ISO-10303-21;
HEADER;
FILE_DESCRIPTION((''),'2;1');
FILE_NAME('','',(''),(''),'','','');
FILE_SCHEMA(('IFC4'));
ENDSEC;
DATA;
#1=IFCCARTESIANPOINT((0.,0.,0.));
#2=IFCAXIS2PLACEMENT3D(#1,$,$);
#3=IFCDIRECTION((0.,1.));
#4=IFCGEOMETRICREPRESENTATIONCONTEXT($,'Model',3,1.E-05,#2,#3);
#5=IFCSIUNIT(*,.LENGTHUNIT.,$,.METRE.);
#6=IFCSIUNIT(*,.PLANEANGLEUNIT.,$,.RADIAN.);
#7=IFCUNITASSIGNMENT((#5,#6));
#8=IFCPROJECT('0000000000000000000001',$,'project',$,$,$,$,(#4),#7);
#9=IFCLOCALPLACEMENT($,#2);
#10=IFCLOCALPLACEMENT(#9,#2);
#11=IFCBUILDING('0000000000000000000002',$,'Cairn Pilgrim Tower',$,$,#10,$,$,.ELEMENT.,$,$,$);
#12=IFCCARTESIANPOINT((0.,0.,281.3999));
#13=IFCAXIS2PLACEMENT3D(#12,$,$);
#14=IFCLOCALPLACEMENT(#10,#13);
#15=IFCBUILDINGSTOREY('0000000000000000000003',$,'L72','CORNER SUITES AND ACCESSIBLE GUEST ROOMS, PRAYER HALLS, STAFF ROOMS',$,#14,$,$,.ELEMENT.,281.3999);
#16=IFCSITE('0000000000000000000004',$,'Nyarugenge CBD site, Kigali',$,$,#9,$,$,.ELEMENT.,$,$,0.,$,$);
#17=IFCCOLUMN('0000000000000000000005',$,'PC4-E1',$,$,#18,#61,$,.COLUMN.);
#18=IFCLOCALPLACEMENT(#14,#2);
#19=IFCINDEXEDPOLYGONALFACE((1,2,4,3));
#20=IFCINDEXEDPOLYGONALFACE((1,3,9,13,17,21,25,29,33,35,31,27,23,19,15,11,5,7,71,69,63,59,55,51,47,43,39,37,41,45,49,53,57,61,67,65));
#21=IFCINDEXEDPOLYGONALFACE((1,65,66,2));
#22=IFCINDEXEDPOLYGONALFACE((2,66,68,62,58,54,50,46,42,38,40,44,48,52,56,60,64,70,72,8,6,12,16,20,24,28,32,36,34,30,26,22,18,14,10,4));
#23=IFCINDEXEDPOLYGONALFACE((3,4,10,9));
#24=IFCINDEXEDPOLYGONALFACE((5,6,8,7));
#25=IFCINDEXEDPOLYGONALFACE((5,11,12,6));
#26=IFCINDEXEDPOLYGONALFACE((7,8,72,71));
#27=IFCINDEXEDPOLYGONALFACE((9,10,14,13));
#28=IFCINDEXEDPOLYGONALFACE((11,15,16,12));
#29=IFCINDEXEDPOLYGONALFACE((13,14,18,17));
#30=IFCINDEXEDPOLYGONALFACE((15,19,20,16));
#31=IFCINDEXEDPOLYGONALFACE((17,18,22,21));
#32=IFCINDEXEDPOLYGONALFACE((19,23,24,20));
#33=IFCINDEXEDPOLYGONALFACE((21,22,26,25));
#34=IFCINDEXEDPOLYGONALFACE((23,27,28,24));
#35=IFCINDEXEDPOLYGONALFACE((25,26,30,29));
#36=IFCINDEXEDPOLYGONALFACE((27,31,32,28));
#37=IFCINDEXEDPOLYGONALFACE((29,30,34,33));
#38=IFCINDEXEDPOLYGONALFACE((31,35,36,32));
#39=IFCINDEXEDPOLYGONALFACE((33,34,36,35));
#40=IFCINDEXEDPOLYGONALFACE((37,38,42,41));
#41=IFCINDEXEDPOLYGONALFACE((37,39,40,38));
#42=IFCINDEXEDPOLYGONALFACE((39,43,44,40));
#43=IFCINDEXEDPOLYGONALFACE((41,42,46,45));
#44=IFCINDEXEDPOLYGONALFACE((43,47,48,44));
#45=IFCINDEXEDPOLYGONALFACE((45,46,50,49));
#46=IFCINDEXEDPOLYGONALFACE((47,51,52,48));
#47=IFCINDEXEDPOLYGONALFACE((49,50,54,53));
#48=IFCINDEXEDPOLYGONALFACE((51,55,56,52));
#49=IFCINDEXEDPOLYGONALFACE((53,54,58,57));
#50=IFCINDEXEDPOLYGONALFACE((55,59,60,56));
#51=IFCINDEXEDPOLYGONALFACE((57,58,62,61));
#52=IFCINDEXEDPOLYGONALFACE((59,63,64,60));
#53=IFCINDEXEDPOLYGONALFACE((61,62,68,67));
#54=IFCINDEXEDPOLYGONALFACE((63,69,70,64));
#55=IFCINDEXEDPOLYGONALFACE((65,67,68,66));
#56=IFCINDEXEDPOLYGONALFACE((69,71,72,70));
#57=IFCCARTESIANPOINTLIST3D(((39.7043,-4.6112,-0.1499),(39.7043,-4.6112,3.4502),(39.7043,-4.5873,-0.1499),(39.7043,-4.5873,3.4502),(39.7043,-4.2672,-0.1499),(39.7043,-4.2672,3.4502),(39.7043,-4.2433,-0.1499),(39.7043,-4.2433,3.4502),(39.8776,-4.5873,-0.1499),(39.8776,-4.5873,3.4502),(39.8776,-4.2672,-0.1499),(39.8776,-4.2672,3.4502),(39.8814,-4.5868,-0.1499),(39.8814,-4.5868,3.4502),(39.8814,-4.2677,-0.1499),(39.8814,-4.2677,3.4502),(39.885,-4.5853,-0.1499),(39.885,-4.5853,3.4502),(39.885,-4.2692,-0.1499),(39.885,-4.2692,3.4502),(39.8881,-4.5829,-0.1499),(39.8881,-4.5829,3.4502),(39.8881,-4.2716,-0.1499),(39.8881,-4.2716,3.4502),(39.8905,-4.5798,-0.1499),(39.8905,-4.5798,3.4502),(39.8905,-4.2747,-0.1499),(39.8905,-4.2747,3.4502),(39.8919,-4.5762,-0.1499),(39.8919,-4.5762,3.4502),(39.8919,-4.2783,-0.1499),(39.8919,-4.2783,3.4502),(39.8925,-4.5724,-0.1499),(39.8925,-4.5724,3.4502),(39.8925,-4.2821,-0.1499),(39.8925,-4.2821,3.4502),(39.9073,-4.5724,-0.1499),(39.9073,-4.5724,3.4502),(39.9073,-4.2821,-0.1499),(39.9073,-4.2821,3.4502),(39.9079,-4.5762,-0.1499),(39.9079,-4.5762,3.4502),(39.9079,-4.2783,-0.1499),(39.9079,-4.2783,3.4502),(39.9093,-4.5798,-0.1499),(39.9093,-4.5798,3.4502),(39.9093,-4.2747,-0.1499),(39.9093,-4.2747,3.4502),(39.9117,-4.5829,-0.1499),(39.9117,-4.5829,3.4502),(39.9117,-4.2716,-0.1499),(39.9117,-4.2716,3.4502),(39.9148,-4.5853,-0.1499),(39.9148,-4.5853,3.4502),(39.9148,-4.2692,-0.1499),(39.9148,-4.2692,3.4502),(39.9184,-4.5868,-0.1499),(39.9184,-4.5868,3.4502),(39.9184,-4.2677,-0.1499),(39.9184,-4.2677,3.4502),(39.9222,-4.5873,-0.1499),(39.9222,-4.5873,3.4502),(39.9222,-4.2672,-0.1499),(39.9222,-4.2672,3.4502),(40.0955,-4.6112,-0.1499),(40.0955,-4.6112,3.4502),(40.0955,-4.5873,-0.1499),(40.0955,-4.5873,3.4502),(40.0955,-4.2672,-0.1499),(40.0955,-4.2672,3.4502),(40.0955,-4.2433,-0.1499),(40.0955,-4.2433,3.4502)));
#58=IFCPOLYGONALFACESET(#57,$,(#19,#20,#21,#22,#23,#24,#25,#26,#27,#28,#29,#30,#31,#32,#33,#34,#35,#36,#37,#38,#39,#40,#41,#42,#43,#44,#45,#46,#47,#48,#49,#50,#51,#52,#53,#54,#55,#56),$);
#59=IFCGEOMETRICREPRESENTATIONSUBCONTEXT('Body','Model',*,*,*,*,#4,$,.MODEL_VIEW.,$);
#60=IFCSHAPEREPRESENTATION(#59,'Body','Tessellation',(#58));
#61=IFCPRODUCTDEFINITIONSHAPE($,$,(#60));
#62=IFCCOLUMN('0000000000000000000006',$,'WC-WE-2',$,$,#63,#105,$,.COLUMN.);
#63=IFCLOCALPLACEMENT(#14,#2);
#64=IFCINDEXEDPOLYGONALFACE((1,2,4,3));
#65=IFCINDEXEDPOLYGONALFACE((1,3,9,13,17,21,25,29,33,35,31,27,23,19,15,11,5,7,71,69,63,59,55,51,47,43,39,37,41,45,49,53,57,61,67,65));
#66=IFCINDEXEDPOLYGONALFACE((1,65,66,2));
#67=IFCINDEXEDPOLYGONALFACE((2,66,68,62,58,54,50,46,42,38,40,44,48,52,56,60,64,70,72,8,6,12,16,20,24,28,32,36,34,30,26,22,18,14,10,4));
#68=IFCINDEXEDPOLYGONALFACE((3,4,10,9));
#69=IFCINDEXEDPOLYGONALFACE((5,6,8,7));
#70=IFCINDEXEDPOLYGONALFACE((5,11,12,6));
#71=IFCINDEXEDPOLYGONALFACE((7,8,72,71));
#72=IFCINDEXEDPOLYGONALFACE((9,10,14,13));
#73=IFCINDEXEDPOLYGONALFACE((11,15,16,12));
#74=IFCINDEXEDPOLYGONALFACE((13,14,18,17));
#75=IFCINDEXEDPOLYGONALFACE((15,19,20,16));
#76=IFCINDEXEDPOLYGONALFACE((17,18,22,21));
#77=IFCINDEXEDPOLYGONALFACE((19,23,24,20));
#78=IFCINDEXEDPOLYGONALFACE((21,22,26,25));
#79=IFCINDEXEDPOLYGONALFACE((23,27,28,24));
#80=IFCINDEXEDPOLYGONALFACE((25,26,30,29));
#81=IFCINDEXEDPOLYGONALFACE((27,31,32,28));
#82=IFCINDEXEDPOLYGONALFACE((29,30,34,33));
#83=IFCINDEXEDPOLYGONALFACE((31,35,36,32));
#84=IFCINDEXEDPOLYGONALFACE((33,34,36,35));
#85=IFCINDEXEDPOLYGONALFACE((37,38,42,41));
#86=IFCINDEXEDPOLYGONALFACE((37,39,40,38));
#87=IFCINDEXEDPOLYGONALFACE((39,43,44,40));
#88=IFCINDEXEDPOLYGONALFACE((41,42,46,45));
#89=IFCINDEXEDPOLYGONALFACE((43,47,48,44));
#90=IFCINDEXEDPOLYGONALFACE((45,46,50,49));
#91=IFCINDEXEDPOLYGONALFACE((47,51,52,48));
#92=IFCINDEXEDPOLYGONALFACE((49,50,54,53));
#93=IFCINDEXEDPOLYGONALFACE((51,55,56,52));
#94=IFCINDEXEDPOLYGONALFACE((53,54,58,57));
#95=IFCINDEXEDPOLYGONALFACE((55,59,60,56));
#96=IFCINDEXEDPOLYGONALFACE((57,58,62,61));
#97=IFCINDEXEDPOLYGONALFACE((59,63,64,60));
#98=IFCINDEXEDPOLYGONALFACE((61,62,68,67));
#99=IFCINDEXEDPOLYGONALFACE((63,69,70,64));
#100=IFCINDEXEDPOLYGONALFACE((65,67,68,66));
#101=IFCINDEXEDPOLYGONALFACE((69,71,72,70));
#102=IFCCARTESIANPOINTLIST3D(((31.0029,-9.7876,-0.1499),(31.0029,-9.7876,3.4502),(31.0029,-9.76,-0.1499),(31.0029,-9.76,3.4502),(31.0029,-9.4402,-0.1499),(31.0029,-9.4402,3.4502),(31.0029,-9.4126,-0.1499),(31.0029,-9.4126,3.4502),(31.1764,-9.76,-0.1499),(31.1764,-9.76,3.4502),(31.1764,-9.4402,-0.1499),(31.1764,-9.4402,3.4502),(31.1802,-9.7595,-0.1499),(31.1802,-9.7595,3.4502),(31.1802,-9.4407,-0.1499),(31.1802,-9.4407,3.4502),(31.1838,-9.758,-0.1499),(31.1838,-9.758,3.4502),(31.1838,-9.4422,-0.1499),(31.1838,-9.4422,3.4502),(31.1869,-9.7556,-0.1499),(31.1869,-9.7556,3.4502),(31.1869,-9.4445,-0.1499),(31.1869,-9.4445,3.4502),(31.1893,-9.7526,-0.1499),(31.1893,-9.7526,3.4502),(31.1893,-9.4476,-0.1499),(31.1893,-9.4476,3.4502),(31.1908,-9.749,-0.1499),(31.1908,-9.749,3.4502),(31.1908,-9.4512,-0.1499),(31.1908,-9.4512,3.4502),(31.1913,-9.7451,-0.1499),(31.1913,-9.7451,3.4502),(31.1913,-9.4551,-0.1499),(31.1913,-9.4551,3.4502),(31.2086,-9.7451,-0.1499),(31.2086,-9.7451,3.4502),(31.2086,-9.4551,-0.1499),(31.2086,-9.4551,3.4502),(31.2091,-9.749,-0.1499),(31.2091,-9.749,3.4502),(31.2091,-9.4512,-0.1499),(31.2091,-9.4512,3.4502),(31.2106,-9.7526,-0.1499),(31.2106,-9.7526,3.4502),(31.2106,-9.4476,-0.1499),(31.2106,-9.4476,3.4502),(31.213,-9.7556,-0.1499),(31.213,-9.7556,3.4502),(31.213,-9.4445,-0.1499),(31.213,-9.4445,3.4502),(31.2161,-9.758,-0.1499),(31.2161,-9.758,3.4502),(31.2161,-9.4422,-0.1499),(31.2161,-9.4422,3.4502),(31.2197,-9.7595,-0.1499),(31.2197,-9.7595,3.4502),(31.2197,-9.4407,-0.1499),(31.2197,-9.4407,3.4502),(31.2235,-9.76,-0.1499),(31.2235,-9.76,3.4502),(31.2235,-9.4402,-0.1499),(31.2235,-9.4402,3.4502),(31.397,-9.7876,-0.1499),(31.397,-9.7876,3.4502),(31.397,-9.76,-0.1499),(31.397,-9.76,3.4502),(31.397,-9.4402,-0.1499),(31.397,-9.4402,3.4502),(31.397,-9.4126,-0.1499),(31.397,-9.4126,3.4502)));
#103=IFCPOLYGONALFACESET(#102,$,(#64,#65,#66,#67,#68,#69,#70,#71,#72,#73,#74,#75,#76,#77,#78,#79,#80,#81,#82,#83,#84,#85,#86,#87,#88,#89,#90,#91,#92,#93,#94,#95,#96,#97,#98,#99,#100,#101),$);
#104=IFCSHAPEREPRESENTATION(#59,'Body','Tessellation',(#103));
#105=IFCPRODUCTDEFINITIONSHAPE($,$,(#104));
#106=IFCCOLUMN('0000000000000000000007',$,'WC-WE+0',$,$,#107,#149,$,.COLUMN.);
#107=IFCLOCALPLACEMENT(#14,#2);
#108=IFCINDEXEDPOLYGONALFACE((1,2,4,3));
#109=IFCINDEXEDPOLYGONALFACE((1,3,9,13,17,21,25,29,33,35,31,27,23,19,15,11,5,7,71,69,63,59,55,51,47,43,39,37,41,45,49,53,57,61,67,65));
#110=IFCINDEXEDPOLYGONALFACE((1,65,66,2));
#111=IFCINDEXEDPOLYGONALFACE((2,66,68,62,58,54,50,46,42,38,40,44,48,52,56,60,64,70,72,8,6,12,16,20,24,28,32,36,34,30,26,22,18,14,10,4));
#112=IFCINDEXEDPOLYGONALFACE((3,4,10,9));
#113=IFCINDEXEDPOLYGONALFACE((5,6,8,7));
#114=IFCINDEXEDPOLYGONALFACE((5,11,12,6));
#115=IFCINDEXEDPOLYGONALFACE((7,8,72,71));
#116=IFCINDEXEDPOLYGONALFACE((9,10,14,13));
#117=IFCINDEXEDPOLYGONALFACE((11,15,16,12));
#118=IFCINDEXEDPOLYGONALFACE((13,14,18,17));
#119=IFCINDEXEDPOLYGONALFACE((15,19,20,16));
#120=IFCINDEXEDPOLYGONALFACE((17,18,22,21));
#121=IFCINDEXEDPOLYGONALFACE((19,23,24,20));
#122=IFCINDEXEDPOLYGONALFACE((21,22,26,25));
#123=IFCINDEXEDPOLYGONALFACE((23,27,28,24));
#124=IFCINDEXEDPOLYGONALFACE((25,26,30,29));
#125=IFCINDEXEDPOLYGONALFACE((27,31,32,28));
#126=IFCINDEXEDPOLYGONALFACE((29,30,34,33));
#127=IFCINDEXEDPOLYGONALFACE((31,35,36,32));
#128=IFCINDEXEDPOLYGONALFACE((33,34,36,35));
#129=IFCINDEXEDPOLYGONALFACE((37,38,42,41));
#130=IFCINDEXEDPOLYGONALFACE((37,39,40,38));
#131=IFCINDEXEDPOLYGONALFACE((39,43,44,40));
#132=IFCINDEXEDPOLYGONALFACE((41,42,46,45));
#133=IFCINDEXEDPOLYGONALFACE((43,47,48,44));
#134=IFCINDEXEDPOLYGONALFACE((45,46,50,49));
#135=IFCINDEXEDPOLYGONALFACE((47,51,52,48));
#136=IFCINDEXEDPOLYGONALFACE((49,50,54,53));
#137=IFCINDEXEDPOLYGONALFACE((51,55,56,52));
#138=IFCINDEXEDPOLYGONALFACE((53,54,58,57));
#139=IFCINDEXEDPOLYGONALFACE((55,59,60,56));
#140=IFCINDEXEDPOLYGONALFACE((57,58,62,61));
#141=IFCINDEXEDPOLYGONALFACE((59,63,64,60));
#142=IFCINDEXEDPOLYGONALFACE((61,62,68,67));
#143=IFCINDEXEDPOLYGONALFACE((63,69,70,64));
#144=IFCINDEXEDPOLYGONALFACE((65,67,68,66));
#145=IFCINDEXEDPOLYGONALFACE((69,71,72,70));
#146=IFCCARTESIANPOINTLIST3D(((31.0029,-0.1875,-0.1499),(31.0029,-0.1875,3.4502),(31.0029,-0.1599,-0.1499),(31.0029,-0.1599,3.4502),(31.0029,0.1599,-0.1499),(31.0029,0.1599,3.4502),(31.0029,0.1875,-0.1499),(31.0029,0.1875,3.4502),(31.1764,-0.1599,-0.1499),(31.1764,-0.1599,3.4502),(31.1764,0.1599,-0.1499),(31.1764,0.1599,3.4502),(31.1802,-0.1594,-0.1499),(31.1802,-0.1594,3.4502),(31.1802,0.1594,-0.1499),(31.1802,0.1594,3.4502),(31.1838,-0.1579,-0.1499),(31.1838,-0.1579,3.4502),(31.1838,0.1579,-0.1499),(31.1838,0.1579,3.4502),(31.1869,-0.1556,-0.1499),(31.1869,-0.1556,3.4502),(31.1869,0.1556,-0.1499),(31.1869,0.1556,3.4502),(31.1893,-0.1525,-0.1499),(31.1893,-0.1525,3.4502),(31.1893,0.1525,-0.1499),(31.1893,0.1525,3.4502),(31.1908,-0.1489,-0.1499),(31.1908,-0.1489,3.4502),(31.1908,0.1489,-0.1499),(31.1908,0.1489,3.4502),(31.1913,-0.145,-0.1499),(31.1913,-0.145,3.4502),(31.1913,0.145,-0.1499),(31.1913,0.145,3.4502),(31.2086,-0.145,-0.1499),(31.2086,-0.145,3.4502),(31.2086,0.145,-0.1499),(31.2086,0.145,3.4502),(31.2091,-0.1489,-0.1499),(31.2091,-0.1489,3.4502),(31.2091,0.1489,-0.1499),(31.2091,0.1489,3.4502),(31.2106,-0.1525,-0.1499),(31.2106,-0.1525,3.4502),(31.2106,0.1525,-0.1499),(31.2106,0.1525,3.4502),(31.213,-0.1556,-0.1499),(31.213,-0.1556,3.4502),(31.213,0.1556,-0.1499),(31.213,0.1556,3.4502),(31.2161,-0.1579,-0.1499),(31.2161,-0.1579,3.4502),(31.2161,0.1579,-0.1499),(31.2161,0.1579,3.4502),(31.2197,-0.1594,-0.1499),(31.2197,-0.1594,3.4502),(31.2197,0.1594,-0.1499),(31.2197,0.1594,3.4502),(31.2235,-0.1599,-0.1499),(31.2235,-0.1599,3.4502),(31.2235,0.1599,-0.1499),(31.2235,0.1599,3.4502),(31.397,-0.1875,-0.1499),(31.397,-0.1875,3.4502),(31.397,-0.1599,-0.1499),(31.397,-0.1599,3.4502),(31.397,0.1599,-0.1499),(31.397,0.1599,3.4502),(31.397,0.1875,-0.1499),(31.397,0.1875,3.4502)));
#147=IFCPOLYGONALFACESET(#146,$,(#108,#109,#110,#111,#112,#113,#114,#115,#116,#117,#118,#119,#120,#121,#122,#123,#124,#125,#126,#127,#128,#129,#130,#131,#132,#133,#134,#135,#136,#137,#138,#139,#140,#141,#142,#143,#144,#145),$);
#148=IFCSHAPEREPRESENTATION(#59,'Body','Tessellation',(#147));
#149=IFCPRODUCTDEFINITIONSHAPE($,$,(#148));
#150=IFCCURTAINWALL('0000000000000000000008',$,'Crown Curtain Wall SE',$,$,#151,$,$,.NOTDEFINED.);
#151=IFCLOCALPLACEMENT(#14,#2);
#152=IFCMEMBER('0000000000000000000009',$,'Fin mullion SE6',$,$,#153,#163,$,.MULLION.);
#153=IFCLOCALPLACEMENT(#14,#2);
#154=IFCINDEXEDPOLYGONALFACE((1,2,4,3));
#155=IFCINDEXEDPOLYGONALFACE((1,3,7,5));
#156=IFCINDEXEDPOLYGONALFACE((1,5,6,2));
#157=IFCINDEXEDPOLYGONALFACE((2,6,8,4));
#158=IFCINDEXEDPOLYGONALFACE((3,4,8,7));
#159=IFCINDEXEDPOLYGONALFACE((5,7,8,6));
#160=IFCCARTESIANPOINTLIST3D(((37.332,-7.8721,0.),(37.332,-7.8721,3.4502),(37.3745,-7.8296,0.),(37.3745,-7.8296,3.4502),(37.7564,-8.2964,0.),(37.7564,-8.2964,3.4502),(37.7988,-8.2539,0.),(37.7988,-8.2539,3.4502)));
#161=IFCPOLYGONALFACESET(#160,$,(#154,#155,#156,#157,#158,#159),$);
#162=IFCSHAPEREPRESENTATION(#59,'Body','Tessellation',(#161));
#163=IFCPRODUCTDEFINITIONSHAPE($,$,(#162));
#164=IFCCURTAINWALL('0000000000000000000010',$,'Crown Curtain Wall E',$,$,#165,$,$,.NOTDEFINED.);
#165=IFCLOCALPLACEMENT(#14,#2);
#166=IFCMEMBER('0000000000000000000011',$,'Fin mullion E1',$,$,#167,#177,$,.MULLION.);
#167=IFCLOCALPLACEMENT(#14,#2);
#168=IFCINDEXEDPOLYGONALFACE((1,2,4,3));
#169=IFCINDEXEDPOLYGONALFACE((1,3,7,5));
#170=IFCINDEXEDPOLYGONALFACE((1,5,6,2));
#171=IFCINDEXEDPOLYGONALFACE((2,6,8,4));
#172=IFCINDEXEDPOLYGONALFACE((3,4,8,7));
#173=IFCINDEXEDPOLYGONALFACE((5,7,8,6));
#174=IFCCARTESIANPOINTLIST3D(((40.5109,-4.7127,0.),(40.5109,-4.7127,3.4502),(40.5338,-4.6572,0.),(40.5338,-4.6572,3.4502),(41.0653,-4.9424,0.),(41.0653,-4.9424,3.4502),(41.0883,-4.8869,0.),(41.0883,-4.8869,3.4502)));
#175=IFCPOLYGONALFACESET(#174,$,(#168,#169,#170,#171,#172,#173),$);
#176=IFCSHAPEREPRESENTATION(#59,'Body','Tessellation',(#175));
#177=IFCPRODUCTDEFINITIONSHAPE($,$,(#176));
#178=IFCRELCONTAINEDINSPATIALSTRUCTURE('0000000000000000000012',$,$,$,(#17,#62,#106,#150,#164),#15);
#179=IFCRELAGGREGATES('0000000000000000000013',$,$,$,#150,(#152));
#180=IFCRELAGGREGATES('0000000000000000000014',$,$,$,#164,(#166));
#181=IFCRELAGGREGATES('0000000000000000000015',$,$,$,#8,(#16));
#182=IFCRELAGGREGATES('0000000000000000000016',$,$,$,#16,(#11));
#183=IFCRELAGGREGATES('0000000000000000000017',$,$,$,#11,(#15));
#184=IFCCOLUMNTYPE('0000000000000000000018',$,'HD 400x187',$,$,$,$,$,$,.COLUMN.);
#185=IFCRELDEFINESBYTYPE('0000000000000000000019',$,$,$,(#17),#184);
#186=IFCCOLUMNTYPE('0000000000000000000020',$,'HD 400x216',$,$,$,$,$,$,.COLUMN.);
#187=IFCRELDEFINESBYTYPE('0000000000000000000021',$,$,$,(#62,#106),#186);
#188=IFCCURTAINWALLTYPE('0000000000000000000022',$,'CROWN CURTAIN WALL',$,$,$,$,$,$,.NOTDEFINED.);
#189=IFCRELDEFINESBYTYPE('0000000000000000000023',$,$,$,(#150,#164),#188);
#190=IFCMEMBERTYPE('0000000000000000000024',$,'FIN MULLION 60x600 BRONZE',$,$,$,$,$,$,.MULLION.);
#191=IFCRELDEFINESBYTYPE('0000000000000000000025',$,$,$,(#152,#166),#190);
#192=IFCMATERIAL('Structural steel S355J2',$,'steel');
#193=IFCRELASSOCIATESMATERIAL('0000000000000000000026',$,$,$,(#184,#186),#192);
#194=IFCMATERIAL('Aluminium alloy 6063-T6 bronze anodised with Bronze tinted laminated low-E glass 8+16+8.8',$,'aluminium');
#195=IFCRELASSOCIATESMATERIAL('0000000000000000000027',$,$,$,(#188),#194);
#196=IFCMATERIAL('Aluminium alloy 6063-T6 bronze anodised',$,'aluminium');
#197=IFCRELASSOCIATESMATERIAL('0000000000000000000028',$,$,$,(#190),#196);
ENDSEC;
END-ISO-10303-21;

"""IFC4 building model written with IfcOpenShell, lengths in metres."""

from ifc_helpers import new_model, si_unit, direction, frame, origin, origin_2d, place, context, subcontext, project, spatial, rectangle, i_section, extrude, material, material_profile, profile_set, type_object, element, aggregate, save


model = new_model("IFC4")

# Units and contexts
model_context = context("Model", 3, precision=1e-05, world=origin(), true_north=direction((0.0, 1.0)))
body_context = subcontext(model_context, "Body", "Model", "MODEL_VIEW")
ifc_project = project(units=[si_unit("LENGTHUNIT", "METRE"), si_unit("PLANEANGLEUNIT", "RADIAN")], contexts=[model_context])

# Site, building, storey
site_placement = place(None, origin())
site = spatial("IfcSite", under=ifc_project, at=site_placement, Name="Nyarugenge CBD site, Kigali", CompositionType="ELEMENT", RefElevation=0.0)
building_placement = place(site_placement, origin())
building = spatial("IfcBuilding", under=site, at=building_placement, Name="Cairn Pilgrim Tower", CompositionType="ELEMENT")
storey_placement = place(building_placement, frame((0.0, 0.0, 281.3999)))
storey = spatial("IfcBuildingStorey", under=building, at=storey_placement, Name="L72", Description="CORNER SUITES AND ACCESSIBLE GUEST ROOMS, PRAYER HALLS, STAFF ROOMS", CompositionType="ELEMENT", Elevation=281.3999)

# Columns
ifc_material_1 = material(Name="Structural steel S355J2", Category="steel")
ifc_material_profile_1 = material_profile(ifc_material_1, i_section(OverallWidth=0.3911, OverallDepth=0.3679, WebThickness=0.0149, FlangeThickness=0.0239, FilletRadius=0.0149, at=origin_2d()), Name="HD 400x187")
ifc_profile_set_1 = profile_set([ifc_material_profile_1], Name="Structural steel S355J2")
column_type_1 = type_object("IfcColumnType", Name="HD 400x187", PredefinedType="COLUMN", material=ifc_profile_set_1)
column_placement = place(storey_placement, frame((39.8999, -4.4272, -0.1499), z_axis=(0.0, 0.0, 1.0), x_axis=(1.0, 0.0, 0.0)))
element("IfcColumn", 1, at=column_placement, inside=storey, type_object=column_type_1, Name="PC4-E1", PredefinedType="COLUMN", context=body_context, shape_type="SweptSolid", body=[
    extrude(i_section(OverallWidth=0.3911, OverallDepth=0.3679, WebThickness=0.0149, FlangeThickness=0.0239, FilletRadius=0.0149, at=origin_2d()), origin(), (0.0, 0.0, 1.0), 3.6001),
])
ifc_material_profile_2 = material_profile(ifc_material_1, i_section(OverallWidth=0.394, OverallDepth=0.375, WebThickness=0.0173, FlangeThickness=0.0276, FilletRadius=0.0149, at=origin_2d()), Name="HD 400x216")
ifc_profile_set_2 = profile_set([ifc_material_profile_2], Name="Structural steel S355J2")
column_type_2 = type_object("IfcColumnType", Name="HD 400x216", PredefinedType="COLUMN", material=ifc_profile_set_2)
for number, where, z_axis, x_axis, name in (
    (2, (31.2, -9.6001, -0.1499), (0.0, 0.0, 1.0), (1.0, 0.0, 0.0), "WC-WE-2"),
    (3, (31.2, 0.0, -0.1499), (0.0, 0.0, 1.0), (1.0, 0.0, 0.0), "WC-WE+0"),
):
    element("IfcColumn", number, at=place(storey_placement, frame(where, z_axis=z_axis, x_axis=x_axis)), inside=storey, type_object=column_type_2, Name=name, PredefinedType="COLUMN", context=body_context, shape_type="SweptSolid", body=[
        extrude(i_section(OverallWidth=0.394, OverallDepth=0.375, WebThickness=0.0173, FlangeThickness=0.0276, FilletRadius=0.0149, at=origin_2d()), origin(), (0.0, 0.0, 1.0), 3.6001),
    ])

# Curtain walls, members
ifc_material_2 = material(Name="Aluminium alloy 6063-T6 bronze anodised with Bronze tinted laminated low-E glass 8+16+8.8", Category="aluminium")
curtain_wall_type = type_object("IfcCurtainWallType", Name="CROWN CURTAIN WALL", PredefinedType="NOTDEFINED", material=ifc_material_2)
curtain_wall_1_placement = place(storey_placement, origin())
curtain_wall_1 = element("IfcCurtainWall", 4, at=curtain_wall_1_placement, inside=storey, type_object=curtain_wall_type, Name="Crown Curtain Wall SE", PredefinedType="NOTDEFINED")
ifc_material_3 = material(Name="Aluminium alloy 6063-T6 bronze anodised", Category="aluminium")
ifc_material_profile_3 = material_profile(ifc_material_3, rectangle(XDim=0.6001, YDim=0.0601, at=origin_2d()), Name="FIN MULLION 60x600 BRONZE")
ifc_profile_set_3 = profile_set([ifc_material_profile_3], Name="Aluminium alloy 6063-T6 bronze anodised")
member_type_1 = type_object("IfcMemberType", Name="FIN MULLION 60x600 BRONZE", PredefinedType="MULLION", material=ifc_profile_set_3)
member_1_placement = place(storey_placement, frame((37.5654, -8.063, 0.0), z_axis=(0.0, 0.0, 1.0), x_axis=(0.707107, -0.707107, 0.0)))
member_1 = element("IfcMember", 5, at=member_1_placement, type_object=member_type_1, Name="Fin mullion SE6", PredefinedType="MULLION", context=body_context, shape_type="SweptSolid", body=[
    extrude(rectangle(XDim=0.6001, YDim=0.0601, at=origin_2d()), origin(), (0.0, 0.0, 1.0), 3.4502),
])
aggregate(curtain_wall_1, [member_1])
curtain_wall_2_placement = place(storey_placement, origin())
curtain_wall_2 = element("IfcCurtainWall", 6, at=curtain_wall_2_placement, inside=storey, type_object=curtain_wall_type, Name="Crown Curtain Wall E", PredefinedType="NOTDEFINED")
member_2_placement = place(storey_placement, frame((40.7996, -4.7998, 0.0), z_axis=(0.0, 0.0, 1.0), x_axis=(0.92388, -0.382683, 0.0)))
member_2 = element("IfcMember", 7, at=member_2_placement, type_object=member_type_1, Name="Fin mullion E1", PredefinedType="MULLION", context=body_context, shape_type="SweptSolid", body=[
    extrude(rectangle(XDim=0.6001, YDim=0.0601, at=origin_2d()), origin(), (0.0, 0.0, 1.0), 3.4502),
])

aggregate(curtain_wall_2, [member_2])

save(model, "model.ifc")
